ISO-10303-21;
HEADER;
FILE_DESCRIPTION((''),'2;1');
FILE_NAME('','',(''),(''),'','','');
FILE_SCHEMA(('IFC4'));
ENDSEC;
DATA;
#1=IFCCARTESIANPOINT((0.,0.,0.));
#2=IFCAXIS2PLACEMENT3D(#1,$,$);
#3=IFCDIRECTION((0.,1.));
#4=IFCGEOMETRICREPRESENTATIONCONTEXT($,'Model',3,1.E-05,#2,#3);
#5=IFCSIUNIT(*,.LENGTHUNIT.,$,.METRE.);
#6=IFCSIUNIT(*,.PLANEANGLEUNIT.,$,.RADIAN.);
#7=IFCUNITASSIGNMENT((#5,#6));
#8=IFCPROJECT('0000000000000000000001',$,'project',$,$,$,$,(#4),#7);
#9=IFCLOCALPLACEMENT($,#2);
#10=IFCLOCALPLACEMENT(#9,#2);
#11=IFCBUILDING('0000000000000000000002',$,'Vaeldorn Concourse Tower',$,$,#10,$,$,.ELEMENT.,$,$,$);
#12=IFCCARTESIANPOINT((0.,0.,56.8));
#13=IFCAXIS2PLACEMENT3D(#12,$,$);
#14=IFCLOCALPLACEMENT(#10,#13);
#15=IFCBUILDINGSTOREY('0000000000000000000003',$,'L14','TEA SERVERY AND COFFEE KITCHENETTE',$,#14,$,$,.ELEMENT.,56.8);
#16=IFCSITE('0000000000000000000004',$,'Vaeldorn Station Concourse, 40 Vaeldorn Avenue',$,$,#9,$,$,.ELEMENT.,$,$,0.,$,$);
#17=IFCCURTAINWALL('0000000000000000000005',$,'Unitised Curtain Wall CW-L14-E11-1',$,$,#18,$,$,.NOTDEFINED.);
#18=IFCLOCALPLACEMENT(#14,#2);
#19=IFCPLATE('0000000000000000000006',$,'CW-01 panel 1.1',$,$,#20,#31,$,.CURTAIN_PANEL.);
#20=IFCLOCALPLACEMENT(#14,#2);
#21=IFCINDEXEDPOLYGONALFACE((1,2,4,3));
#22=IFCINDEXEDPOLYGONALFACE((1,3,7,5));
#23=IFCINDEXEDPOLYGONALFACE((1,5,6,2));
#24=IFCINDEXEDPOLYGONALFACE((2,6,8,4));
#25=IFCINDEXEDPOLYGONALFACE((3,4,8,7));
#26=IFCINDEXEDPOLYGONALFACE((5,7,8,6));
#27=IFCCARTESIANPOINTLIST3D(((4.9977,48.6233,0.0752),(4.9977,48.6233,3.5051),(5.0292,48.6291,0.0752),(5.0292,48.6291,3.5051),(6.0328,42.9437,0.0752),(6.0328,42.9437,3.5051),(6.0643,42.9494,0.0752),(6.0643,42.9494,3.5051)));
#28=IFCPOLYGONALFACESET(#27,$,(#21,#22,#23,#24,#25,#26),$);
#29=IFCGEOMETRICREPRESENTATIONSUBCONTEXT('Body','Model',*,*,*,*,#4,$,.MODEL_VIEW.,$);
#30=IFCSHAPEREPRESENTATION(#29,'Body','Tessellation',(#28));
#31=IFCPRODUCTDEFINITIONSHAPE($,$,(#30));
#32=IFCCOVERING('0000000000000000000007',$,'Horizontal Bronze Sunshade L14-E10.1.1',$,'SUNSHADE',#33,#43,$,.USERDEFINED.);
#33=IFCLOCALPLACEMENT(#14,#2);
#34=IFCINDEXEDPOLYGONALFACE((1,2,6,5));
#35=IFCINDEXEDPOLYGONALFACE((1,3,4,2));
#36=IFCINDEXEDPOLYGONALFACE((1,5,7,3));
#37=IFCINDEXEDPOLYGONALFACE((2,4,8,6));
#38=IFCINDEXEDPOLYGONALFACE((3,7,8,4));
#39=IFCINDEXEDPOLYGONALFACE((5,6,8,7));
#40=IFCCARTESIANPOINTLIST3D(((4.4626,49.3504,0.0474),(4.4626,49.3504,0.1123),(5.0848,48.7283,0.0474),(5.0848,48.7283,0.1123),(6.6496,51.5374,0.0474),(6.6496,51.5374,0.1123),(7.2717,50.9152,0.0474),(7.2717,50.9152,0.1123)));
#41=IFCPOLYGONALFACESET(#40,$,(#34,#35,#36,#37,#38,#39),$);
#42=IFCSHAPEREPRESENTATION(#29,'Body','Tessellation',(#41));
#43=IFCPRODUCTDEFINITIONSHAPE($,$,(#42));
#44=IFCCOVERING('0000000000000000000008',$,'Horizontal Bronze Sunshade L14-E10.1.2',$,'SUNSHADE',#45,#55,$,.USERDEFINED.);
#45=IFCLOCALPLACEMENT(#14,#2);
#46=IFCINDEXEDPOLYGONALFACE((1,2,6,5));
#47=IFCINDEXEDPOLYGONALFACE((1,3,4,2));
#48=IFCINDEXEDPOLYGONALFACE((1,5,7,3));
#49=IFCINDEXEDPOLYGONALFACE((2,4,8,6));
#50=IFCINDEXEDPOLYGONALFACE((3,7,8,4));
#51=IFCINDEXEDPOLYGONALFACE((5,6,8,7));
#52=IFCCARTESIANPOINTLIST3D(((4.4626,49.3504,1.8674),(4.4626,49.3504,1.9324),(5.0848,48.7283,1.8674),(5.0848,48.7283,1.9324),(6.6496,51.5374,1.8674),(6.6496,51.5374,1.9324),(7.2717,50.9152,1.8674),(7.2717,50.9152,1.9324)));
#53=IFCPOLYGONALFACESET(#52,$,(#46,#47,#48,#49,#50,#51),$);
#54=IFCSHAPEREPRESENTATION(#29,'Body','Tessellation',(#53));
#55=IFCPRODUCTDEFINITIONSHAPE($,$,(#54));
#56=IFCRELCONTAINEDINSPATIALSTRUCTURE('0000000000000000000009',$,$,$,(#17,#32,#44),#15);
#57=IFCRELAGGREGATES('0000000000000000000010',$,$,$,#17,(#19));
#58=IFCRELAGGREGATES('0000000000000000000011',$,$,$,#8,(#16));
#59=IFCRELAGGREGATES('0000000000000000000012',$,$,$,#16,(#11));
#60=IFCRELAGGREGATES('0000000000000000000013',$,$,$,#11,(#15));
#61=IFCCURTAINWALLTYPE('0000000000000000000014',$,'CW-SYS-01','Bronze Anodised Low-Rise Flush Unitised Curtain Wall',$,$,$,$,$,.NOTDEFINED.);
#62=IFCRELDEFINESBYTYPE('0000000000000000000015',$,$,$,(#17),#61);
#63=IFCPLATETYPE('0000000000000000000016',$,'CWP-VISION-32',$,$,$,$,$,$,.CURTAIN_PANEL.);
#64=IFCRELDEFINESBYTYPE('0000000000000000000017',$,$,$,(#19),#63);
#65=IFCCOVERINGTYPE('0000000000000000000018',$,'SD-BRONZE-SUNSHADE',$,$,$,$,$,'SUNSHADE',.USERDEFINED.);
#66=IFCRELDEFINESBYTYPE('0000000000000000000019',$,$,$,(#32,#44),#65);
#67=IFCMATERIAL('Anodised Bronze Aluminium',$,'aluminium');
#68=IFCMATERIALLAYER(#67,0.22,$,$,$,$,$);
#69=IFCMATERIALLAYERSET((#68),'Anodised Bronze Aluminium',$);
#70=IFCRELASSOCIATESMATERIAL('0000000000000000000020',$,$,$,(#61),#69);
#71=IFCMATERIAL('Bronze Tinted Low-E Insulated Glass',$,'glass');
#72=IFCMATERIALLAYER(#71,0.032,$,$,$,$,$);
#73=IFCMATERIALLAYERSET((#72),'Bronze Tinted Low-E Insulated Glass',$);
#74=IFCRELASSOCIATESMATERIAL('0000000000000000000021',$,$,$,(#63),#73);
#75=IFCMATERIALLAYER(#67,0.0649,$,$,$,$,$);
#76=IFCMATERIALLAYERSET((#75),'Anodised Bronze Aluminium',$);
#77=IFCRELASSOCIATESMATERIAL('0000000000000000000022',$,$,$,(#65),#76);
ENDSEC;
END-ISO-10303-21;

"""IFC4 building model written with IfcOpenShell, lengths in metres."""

from ifc_helpers import new_model, si_unit, direction, frame, origin, origin_2d, place, context, subcontext, project, spatial, rectangle, extrude, source, transform, mapped, material, layer, layer_set, type_object, element, aggregate, save


model = new_model("IFC4")

# Units and contexts
model_context = context("Model", 3, precision=1e-05, world=origin(), true_north=direction((0.0, 1.0)))
body_context = subcontext(model_context, "Body", "Model", "MODEL_VIEW")
ifc_project = project(units=[si_unit("LENGTHUNIT", "METRE"), si_unit("PLANEANGLEUNIT", "RADIAN")], contexts=[model_context])

# Site, building, storey
site_placement = place(None, origin())
site = spatial("IfcSite", under=ifc_project, at=site_placement, Name="Vaeldorn Station Concourse, 40 Vaeldorn Avenue", CompositionType="ELEMENT", RefElevation=0.0)
building_placement = place(site_placement, origin())
building = spatial("IfcBuilding", under=site, at=building_placement, Name="Vaeldorn Concourse Tower", CompositionType="ELEMENT")
storey_placement = place(building_placement, frame((0.0, 0.0, 56.8)))
storey = spatial("IfcBuildingStorey", under=building, at=storey_placement, Name="L14", Description="TEA SERVERY AND COFFEE KITCHENETTE", CompositionType="ELEMENT", Elevation=56.8)

# Curtain wall
ifc_material_1 = material(Name="Anodised Bronze Aluminium", Category="aluminium")
ifc_layer_1 = layer(ifc_material_1, 0.22)
ifc_layer_set_1 = layer_set([ifc_layer_1], Name="Anodised Bronze Aluminium")
curtain_wall_type = type_object("IfcCurtainWallType", Name="CW-SYS-01", Description="Bronze Anodised Low-Rise Flush Unitised Curtain Wall", PredefinedType="NOTDEFINED", material=ifc_layer_set_1)
curtain_wall_1_placement = place(storey_placement, origin())
curtain_wall_1 = element("IfcCurtainWall", 1, at=curtain_wall_1_placement, inside=storey, type_object=curtain_wall_type, Name="Unitised Curtain Wall CW-L14-E11-1", PredefinedType="NOTDEFINED")

# Plate
ifc_material_2 = material(Name="Bronze Tinted Low-E Insulated Glass", Category="glass")
ifc_layer_2 = layer(ifc_material_2, 0.032)
ifc_layer_set_2 = layer_set([ifc_layer_2], Name="Bronze Tinted Low-E Insulated Glass")
plate_type = type_object("IfcPlateType", Name="CWP-VISION-32", PredefinedType="CURTAIN_PANEL", material=ifc_layer_set_2)
shared_shape_1 = source(origin(), body_context, "Body", "SweptSolid", [
    extrude(rectangle(XDim=5.7732, YDim=0.032, at=origin_2d()), origin(), (0.0, 0.0, 1.0), 3.4299),
])
plate_1_placement = place(storey_placement, frame((5.531, 45.7864, 0.0752), z_axis=(0.0, 0.0, 1.0), x_axis=(0.179293, -0.983796, 0.0)))
plate_1 = element("IfcPlate", 2, at=plate_1_placement, type_object=plate_type, Name="CW-01 panel 1.1", PredefinedType="CURTAIN_PANEL", context=body_context, shape_type="MappedRepresentation", body=[
    mapped(shared_shape_1, transform((0.0, 0.0, 0.0), scale=1.0)),
])
aggregate(curtain_wall_1, [plate_1])

# Coverings
ifc_layer_3 = layer(ifc_material_1, 0.0649)
ifc_layer_set_3 = layer_set([ifc_layer_3], Name="Anodised Bronze Aluminium")
covering_type = type_object("IfcCoveringType", Name="SD-BRONZE-SUNSHADE", ElementType="SUNSHADE", PredefinedType="USERDEFINED", material=ifc_layer_set_3)
shared_shape_2 = source(origin(), body_context, "Body", "SweptSolid", [
    extrude(rectangle(XDim=3.0928, YDim=0.8799, at=origin_2d()), origin(), (0.0, 0.0, 1.0), 0.0649),
])
for number, where, z_axis, x_axis, name in (
    (3, (5.8672, 50.1328, 0.0474), (0.0, 0.0, 1.0), (-0.707107, -0.707107, 0.0), "Horizontal Bronze Sunshade L14-E10.1.1"),
    (4, (5.8672, 50.1328, 1.8674), (0.0, 0.0, 1.0), (-0.707107, -0.707107, 0.0), "Horizontal Bronze Sunshade L14-E10.1.2"),
):
    element("IfcCovering", number, at=place(storey_placement, frame(where, z_axis=z_axis, x_axis=x_axis)), inside=storey, type_object=covering_type, Name=name, ObjectType="SUNSHADE", PredefinedType="USERDEFINED", context=body_context, shape_type="MappedRepresentation", body=[
        mapped(shared_shape_2, transform((0.0, 0.0, 0.0), scale=1.0)),
    ])

save(model, "model.ifc")
